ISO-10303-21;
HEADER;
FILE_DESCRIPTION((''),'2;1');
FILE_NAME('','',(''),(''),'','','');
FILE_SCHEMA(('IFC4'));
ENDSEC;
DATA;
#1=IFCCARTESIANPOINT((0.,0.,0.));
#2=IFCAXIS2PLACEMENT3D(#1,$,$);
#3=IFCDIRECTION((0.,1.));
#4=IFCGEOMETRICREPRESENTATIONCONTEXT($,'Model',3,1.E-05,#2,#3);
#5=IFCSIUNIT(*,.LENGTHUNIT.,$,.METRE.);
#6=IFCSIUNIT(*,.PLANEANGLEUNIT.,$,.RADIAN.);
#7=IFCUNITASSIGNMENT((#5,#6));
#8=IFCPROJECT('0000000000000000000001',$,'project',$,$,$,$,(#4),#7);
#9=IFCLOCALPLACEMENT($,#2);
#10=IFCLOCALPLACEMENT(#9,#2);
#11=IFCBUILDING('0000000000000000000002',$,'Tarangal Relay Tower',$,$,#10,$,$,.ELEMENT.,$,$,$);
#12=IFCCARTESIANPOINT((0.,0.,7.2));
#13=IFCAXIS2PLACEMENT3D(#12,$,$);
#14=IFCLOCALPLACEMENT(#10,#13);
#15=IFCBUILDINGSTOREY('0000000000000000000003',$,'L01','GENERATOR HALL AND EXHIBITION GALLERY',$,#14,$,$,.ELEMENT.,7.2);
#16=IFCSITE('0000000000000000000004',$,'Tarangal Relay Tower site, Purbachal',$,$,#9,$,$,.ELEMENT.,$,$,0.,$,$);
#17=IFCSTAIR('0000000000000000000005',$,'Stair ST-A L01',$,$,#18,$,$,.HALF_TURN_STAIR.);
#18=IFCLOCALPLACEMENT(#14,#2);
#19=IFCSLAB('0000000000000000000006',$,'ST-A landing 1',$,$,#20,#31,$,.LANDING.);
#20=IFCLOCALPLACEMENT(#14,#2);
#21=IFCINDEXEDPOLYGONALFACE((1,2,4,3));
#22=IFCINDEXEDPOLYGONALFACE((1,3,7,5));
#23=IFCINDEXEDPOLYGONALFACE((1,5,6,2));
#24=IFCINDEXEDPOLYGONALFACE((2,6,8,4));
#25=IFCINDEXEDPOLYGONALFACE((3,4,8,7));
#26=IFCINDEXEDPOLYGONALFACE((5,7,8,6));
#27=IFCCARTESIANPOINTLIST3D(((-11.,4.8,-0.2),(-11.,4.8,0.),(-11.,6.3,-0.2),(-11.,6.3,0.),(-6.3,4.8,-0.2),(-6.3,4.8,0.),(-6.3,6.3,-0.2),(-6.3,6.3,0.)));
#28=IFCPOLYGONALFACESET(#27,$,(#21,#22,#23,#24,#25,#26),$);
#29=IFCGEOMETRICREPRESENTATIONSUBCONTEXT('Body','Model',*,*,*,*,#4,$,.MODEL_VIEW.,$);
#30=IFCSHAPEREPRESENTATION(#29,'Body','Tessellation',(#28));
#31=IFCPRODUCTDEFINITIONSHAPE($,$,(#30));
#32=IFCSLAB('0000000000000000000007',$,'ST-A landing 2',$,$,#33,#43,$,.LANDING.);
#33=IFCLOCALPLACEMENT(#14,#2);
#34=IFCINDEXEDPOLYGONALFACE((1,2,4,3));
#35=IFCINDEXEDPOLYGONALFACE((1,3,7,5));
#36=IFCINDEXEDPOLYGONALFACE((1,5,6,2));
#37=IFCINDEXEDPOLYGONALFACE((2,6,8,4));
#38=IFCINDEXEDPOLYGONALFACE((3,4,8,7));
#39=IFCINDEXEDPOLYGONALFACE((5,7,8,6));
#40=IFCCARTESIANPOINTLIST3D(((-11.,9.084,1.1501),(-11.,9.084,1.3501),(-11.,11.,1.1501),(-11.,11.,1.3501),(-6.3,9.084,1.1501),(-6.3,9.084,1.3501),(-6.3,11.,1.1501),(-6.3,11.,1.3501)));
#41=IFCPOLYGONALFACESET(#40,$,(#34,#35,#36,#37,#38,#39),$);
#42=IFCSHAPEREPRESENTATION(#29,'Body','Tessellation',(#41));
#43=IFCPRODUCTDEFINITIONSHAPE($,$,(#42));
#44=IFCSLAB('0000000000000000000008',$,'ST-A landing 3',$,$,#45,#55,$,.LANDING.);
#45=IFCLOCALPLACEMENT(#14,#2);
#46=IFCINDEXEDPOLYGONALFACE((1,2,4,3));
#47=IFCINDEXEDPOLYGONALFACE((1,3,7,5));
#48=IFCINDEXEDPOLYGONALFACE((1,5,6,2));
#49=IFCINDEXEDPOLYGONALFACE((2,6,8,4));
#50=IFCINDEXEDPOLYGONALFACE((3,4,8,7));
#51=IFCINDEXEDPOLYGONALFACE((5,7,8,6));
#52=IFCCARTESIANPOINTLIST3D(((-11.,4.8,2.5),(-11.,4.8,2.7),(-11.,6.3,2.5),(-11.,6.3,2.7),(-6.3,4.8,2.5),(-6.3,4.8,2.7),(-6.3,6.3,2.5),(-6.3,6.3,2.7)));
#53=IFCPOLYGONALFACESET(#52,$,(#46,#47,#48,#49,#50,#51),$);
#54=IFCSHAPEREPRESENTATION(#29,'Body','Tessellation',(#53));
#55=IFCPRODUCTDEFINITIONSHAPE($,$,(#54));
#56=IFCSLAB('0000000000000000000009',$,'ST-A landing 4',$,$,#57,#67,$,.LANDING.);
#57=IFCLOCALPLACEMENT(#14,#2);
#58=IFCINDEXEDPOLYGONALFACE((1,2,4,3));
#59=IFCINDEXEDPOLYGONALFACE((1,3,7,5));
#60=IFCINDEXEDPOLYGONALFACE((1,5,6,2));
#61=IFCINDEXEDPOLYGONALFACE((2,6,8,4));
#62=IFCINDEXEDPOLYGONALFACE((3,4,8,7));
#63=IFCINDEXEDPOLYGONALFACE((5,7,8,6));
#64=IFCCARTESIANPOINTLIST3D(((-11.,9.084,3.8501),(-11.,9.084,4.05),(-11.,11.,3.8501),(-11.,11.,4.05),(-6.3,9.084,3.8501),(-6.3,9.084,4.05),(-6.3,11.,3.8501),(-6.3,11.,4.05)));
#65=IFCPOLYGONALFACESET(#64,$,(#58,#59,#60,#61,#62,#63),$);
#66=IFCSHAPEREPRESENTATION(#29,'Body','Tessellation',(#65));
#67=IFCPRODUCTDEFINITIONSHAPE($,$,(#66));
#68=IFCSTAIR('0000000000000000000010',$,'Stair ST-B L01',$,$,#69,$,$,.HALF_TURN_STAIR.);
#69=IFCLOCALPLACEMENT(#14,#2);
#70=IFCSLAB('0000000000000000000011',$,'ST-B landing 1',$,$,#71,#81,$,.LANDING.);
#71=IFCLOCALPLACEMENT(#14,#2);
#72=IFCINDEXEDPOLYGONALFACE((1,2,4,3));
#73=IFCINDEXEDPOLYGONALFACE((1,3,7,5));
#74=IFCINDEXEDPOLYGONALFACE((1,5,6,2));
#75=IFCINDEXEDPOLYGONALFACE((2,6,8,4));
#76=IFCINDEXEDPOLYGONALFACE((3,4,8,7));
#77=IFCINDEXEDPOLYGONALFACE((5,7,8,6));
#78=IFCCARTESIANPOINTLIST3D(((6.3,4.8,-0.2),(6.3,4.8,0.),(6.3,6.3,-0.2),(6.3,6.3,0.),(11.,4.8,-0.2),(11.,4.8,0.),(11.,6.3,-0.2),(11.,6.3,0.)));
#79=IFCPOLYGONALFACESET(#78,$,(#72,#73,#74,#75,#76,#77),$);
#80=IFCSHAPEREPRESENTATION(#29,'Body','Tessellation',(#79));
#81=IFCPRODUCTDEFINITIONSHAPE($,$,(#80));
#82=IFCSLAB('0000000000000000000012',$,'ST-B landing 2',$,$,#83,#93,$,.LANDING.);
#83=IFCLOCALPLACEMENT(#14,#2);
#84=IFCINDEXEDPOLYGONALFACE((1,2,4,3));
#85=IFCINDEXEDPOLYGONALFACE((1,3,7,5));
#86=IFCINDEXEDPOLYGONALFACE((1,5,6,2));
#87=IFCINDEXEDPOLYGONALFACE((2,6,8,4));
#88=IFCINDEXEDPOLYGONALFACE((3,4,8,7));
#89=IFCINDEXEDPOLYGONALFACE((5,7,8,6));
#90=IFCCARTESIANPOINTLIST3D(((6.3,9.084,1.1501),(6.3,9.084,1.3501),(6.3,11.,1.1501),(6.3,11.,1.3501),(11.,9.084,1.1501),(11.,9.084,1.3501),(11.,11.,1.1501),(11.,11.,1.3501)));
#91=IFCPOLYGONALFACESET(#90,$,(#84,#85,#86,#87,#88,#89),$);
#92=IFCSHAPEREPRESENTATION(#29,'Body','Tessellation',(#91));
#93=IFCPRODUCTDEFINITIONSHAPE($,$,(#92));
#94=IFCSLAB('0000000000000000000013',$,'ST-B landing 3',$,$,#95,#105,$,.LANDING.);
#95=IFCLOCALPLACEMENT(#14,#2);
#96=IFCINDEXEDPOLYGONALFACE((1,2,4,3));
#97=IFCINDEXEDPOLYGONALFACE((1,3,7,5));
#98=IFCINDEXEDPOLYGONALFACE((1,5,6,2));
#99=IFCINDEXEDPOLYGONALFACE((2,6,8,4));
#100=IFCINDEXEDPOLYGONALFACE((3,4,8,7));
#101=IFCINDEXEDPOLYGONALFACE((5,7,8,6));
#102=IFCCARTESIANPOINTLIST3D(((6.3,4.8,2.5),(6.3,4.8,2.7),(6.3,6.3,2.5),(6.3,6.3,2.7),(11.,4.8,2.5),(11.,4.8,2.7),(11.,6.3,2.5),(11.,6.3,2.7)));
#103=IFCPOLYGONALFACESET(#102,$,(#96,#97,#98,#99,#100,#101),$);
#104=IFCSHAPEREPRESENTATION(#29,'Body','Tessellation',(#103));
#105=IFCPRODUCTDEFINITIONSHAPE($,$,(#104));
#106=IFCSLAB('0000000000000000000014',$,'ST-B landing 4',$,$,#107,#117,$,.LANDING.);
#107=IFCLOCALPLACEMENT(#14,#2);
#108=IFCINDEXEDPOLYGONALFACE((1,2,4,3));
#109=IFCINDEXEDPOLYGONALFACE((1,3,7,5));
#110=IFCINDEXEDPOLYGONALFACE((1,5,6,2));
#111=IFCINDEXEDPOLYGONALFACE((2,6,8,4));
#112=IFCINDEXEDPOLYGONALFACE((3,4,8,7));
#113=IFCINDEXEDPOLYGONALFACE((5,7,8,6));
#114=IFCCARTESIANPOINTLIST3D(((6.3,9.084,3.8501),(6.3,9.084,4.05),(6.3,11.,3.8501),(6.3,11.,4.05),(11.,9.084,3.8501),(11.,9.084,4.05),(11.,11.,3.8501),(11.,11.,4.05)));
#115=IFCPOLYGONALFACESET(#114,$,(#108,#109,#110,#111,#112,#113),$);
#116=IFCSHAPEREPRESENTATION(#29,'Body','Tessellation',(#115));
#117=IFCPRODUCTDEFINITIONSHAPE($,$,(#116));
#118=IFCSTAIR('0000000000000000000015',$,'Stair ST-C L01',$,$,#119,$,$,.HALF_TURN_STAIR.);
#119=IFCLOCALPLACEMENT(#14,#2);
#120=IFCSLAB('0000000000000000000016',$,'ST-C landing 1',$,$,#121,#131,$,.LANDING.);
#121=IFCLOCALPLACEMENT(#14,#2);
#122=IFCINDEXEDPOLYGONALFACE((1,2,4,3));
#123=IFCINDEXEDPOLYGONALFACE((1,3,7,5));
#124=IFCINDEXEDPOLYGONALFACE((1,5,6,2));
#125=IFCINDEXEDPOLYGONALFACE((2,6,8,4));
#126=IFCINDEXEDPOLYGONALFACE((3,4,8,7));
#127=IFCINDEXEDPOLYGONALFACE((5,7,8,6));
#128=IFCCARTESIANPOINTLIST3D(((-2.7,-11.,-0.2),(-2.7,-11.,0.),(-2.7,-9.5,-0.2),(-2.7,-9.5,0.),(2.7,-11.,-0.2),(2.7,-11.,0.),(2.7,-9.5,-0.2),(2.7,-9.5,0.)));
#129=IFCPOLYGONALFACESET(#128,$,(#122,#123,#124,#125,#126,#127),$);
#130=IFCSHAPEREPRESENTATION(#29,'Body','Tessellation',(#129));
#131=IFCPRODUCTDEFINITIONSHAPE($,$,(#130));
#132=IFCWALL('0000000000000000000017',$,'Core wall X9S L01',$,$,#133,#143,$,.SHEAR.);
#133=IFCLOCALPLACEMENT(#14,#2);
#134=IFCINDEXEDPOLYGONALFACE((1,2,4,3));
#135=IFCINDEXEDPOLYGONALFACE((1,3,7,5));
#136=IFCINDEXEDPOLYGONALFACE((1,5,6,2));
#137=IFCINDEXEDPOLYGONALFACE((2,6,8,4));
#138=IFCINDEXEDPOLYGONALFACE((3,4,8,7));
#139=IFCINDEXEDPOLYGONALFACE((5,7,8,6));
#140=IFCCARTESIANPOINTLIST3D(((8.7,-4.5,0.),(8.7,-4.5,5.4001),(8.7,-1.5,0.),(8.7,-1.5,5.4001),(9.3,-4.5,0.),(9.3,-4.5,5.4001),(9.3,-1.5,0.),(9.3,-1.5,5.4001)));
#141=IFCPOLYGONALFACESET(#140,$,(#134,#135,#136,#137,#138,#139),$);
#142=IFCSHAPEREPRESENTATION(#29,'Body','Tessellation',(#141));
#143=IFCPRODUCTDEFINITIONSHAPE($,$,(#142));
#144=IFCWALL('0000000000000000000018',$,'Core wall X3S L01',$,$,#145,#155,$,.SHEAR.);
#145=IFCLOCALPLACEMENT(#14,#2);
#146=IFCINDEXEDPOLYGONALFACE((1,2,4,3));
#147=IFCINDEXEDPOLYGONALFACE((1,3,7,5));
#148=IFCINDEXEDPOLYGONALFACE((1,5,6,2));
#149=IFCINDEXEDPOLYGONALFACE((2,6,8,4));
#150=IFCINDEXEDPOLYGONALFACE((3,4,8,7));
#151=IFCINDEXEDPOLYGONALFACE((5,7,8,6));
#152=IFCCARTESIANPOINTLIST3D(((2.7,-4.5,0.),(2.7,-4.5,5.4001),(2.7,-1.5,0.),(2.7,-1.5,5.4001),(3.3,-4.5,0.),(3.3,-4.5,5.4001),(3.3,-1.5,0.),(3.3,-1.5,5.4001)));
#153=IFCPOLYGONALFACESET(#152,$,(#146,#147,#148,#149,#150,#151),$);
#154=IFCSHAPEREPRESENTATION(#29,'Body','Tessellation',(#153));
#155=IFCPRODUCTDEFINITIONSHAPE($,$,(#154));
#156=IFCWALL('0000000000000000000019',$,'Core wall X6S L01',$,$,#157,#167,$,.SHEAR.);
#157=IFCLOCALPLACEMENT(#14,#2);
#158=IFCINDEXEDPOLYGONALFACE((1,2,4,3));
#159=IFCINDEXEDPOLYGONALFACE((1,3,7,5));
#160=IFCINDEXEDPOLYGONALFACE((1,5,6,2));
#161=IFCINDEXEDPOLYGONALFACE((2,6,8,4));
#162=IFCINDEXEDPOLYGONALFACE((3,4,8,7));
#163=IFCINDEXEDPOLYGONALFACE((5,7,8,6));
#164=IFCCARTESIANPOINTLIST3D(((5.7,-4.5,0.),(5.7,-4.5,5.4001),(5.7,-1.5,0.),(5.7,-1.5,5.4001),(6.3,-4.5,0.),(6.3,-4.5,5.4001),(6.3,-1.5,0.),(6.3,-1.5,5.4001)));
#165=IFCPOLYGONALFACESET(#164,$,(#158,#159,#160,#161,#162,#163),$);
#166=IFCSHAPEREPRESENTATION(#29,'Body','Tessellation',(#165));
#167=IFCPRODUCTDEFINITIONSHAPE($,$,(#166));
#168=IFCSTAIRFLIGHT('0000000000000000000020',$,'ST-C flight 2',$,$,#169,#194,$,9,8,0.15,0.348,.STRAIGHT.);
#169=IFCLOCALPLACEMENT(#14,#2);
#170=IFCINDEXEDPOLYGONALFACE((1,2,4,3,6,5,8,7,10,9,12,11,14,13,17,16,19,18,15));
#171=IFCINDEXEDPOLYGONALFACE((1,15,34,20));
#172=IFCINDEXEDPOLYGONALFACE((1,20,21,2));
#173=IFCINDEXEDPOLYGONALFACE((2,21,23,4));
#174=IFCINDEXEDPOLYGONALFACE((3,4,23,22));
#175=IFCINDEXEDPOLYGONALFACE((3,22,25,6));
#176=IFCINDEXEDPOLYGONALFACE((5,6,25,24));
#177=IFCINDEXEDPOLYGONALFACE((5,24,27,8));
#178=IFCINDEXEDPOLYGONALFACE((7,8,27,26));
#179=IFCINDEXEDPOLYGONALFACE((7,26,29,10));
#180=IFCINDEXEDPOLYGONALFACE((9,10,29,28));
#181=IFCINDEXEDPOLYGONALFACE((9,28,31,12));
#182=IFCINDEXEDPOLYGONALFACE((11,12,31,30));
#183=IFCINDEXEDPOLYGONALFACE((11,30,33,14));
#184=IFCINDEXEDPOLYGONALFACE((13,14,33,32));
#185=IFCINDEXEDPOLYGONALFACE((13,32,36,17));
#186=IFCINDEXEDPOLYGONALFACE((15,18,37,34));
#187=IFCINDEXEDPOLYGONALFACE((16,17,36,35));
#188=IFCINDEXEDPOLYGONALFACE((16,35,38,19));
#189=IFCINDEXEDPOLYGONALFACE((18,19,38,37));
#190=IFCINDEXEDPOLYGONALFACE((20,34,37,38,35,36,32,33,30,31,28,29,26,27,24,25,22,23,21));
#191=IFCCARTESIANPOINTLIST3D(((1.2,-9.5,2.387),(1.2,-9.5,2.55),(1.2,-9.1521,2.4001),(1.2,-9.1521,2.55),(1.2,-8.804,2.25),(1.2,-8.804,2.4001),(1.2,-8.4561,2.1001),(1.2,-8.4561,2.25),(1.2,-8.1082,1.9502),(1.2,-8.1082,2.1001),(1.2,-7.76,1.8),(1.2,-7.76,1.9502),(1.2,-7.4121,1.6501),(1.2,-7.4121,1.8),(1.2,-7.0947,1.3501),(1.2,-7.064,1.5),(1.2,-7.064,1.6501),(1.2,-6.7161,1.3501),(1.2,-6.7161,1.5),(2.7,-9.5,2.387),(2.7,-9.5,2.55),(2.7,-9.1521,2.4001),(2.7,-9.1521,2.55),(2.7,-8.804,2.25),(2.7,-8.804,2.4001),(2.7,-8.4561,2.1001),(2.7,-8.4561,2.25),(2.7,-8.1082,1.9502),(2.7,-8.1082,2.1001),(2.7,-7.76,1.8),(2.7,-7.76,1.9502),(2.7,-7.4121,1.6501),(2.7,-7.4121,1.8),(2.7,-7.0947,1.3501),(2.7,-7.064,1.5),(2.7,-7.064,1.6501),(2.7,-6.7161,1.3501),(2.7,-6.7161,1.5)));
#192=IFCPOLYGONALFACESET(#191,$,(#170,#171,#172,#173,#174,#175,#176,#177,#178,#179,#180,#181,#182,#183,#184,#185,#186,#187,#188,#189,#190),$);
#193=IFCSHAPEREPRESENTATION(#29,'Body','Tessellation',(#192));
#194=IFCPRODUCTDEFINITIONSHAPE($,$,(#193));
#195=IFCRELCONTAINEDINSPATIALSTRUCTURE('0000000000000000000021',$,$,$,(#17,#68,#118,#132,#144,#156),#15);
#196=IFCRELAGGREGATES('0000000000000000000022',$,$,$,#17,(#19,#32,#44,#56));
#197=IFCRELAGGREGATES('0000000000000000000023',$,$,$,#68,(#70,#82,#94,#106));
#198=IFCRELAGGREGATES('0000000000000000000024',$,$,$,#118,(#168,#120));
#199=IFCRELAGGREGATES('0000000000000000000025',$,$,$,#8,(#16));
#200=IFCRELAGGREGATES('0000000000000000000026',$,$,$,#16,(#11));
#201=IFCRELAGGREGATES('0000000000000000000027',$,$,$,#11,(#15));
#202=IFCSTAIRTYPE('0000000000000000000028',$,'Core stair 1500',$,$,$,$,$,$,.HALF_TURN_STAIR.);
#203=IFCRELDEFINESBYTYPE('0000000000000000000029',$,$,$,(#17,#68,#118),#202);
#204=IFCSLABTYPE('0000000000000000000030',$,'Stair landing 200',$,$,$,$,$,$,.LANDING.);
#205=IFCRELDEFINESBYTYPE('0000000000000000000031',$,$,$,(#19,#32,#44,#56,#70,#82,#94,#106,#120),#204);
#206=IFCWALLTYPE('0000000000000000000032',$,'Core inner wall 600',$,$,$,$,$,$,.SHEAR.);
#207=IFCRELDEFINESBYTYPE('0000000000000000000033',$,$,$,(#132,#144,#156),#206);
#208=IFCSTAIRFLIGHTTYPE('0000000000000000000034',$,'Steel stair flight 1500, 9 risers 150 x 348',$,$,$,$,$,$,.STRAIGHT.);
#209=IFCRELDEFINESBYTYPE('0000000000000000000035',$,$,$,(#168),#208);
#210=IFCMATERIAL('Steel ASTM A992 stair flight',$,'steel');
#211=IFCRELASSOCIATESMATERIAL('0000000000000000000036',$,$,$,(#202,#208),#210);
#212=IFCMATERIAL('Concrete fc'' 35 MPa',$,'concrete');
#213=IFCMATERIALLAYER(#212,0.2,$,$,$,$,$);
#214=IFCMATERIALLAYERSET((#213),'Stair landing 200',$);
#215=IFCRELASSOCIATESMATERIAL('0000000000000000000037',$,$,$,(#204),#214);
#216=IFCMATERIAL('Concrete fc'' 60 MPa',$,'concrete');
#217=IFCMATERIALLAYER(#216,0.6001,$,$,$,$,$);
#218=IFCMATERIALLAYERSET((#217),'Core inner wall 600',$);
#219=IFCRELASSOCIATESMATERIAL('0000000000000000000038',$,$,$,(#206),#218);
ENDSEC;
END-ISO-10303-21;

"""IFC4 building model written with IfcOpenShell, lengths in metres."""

from ifc_helpers import new_model, si_unit, direction, frame, frame_2d, origin, place, context, subcontext, project, spatial, polyline, rectangle, outline, extrude, material, layer, layer_set, type_object, element, aggregate, save


model = new_model("IFC4")

# Units and contexts
model_context = context("Model", 3, precision=1e-05, world=origin(), true_north=direction((0.0, 1.0)))
body_context = subcontext(model_context, "Body", "Model", "MODEL_VIEW")
ifc_project = project(units=[si_unit("LENGTHUNIT", "METRE"), si_unit("PLANEANGLEUNIT", "RADIAN")], contexts=[model_context])

# Site, building, storey
site_placement = place(None, origin())
site = spatial("IfcSite", under=ifc_project, at=site_placement, Name="Tarangal Relay Tower site, Purbachal", CompositionType="ELEMENT", RefElevation=0.0)
building_placement = place(site_placement, origin())
building = spatial("IfcBuilding", under=site, at=building_placement, Name="Tarangal Relay Tower", CompositionType="ELEMENT")
storey_placement = place(building_placement, frame((0.0, 0.0, 7.2)))
storey = spatial("IfcBuildingStorey", under=building, at=storey_placement, Name="L01", Description="GENERATOR HALL AND EXHIBITION GALLERY", CompositionType="ELEMENT", Elevation=7.2)

# Stairs, slabs
ifc_material_1 = material(Name="Steel ASTM A992 stair flight", Category="steel")
stair_type = type_object("IfcStairType", Name="Core stair 1500", PredefinedType="HALF_TURN_STAIR", material=ifc_material_1)
stair_1_placement = place(storey_placement, origin())
stair_1 = element("IfcStair", 1, at=stair_1_placement, inside=storey, type_object=stair_type, Name="Stair ST-A L01", PredefinedType="HALF_TURN_STAIR")
ifc_material_2 = material(Name="Concrete fc' 35 MPa", Category="concrete")
ifc_layer_1 = layer(ifc_material_2, 0.2)
ifc_layer_set_1 = layer_set([ifc_layer_1], Name="Stair landing 200")
slab_type = type_object("IfcSlabType", Name="Stair landing 200", PredefinedType="LANDING", material=ifc_layer_set_1)
slab_1_placement = place(storey_placement, frame((0.0, 0.0, -0.2)))
slab_1 = element("IfcSlab", 2, at=slab_1_placement, type_object=slab_type, Name="ST-A landing 1", PredefinedType="LANDING", context=body_context, shape_type="SweptSolid", body=[
    extrude(outline(polyline([(-11.0, 4.8), (-6.3, 4.8), (-6.3, 6.3), (-11.0, 6.3), (-11.0, 4.8)])), origin(), (0.0, 0.0, 1.0), 0.2),
])
slab_2_placement = place(storey_placement, frame((0.0, 0.0, 1.1501)))
slab_2 = element("IfcSlab", 3, at=slab_2_placement, type_object=slab_type, Name="ST-A landing 2", PredefinedType="LANDING", context=body_context, shape_type="SweptSolid", body=[
    extrude(outline(polyline([(-11.0, 9.084), (-6.3, 9.084), (-6.3, 11.0), (-11.0, 11.0), (-11.0, 9.084)])), origin(), (0.0, 0.0, 1.0), 0.2),
])
slab_3_placement = place(storey_placement, frame((0.0, 0.0, 2.5)))
slab_3 = element("IfcSlab", 4, at=slab_3_placement, type_object=slab_type, Name="ST-A landing 3", PredefinedType="LANDING", context=body_context, shape_type="SweptSolid", body=[
    extrude(outline(polyline([(-11.0, 4.8), (-6.3, 4.8), (-6.3, 6.3), (-11.0, 6.3), (-11.0, 4.8)])), origin(), (0.0, 0.0, 1.0), 0.2),
])
slab_4_placement = place(storey_placement, frame((0.0, 0.0, 3.8501)))
slab_4 = element("IfcSlab", 5, at=slab_4_placement, type_object=slab_type, Name="ST-A landing 4", PredefinedType="LANDING", context=body_context, shape_type="SweptSolid", body=[
    extrude(outline(polyline([(-11.0, 9.084), (-6.3, 9.084), (-6.3, 11.0), (-11.0, 11.0), (-11.0, 9.084)])), origin(), (0.0, 0.0, 1.0), 0.2),
])
aggregate(stair_1, [slab_1, slab_2, slab_3, slab_4])
stair_2_placement = place(storey_placement, origin())
stair_2 = element("IfcStair", 6, at=stair_2_placement, inside=storey, type_object=stair_type, Name="Stair ST-B L01", PredefinedType="HALF_TURN_STAIR")
slab_5_placement = place(storey_placement, frame((0.0, 0.0, -0.2)))
slab_5 = element("IfcSlab", 7, at=slab_5_placement, type_object=slab_type, Name="ST-B landing 1", PredefinedType="LANDING", context=body_context, shape_type="SweptSolid", body=[
    extrude(outline(polyline([(6.3, 4.8), (11.0, 4.8), (11.0, 6.3), (6.3, 6.3), (6.3, 4.8)])), origin(), (0.0, 0.0, 1.0), 0.2),
])
slab_6_placement = place(storey_placement, frame((0.0, 0.0, 1.1501)))
slab_6 = element("IfcSlab", 8, at=slab_6_placement, type_object=slab_type, Name="ST-B landing 2", PredefinedType="LANDING", context=body_context, shape_type="SweptSolid", body=[
    extrude(outline(polyline([(6.3, 9.084), (11.0, 9.084), (11.0, 11.0), (6.3, 11.0), (6.3, 9.084)])), origin(), (0.0, 0.0, 1.0), 0.2),
])
slab_7_placement = place(storey_placement, frame((0.0, 0.0, 2.5)))
slab_7 = element("IfcSlab", 9, at=slab_7_placement, type_object=slab_type, Name="ST-B landing 3", PredefinedType="LANDING", context=body_context, shape_type="SweptSolid", body=[
    extrude(outline(polyline([(6.3, 4.8), (11.0, 4.8), (11.0, 6.3), (6.3, 6.3), (6.3, 4.8)])), origin(), (0.0, 0.0, 1.0), 0.2),
])
slab_8_placement = place(storey_placement, frame((0.0, 0.0, 3.8501)))
slab_8 = element("IfcSlab", 10, at=slab_8_placement, type_object=slab_type, Name="ST-B landing 4", PredefinedType="LANDING", context=body_context, shape_type="SweptSolid", body=[
    extrude(outline(polyline([(6.3, 9.084), (11.0, 9.084), (11.0, 11.0), (6.3, 11.0), (6.3, 9.084)])), origin(), (0.0, 0.0, 1.0), 0.2),
])
aggregate(stair_2, [slab_5, slab_6, slab_7, slab_8])

# Stair, slab
stair_3_placement = place(storey_placement, origin())
stair_3 = element("IfcStair", 11, at=stair_3_placement, inside=storey, type_object=stair_type, Name="Stair ST-C L01", PredefinedType="HALF_TURN_STAIR")
slab_9_placement = place(storey_placement, frame((0.0, 0.0, -0.2)))
slab_9 = element("IfcSlab", 12, at=slab_9_placement, type_object=slab_type, Name="ST-C landing 1", PredefinedType="LANDING", context=body_context, shape_type="SweptSolid", body=[
    extrude(outline(polyline([(-2.7, -11.0), (2.7, -11.0), (2.7, -9.5), (-2.7, -9.5), (-2.7, -11.0)])), origin(), (0.0, 0.0, 1.0), 0.2),
])

# Walls
ifc_material_3 = material(Name="Concrete fc' 60 MPa", Category="concrete")
ifc_layer_2 = layer(ifc_material_3, 0.6001)
ifc_layer_set_2 = layer_set([ifc_layer_2], Name="Core inner wall 600")
wall_type_1 = type_object("IfcWallType", Name="Core inner wall 600", PredefinedType="SHEAR", material=ifc_layer_set_2)
for number, where, z_axis, x_axis, name in (
    (13, (9.0, -4.5, 0.0), (0.0, 0.0, 1.0), (0.0, 1.0, 0.0), "Core wall X9S L01"),
    (14, (3.0, -4.5, 0.0), (0.0, 0.0, 1.0), (0.0, 1.0, 0.0), "Core wall X3S L01"),
    (15, (6.0, -4.5, 0.0), (0.0, 0.0, 1.0), (0.0, 1.0, 0.0), "Core wall X6S L01"),
):
    element("IfcWall", number, at=place(storey_placement, frame(where, z_axis=z_axis, x_axis=x_axis)), inside=storey, type_object=wall_type_1, Name=name, PredefinedType="SHEAR", context=body_context, shape_type="SweptSolid", body=[
        extrude(rectangle(XDim=3.0, YDim=0.6001, at=frame_2d((1.5, 0.0))), origin(), (0.0, 0.0, 1.0), 5.4001),
    ])

# Stair flight
stair_flight_type = type_object("IfcStairFlightType", Name="Steel stair flight 1500, 9 risers 150 x 348", PredefinedType="STRAIGHT", material=ifc_material_1)
stair_flight_1_placement = place(storey_placement, frame((1.95, -6.7161, 1.3501), z_axis=(0.0, 0.0, 1.0), x_axis=(0.0, -1.0, 0.0)))
stair_flight_1 = element("IfcStairFlight", 16, at=stair_flight_1_placement, type_object=stair_flight_type, Name="ST-C flight 2", NumberOfRisers=9, NumberOfTreads=8, PredefinedType="STRAIGHT", RiserHeight=0.15, TreadLength=0.348, context=body_context, shape_type="SweptSolid", body=[
    extrude(outline(polyline([(0.0, 0.0), (0.0, 0.1499), (0.3479, 0.1499), (0.3479, 0.3), (0.696, 0.3), (0.696, 0.45), (1.0439, 0.45), (1.0439, 0.6001), (1.3921, 0.6001), (1.3921, 0.75), (1.74, 0.75), (1.74, 0.8999), (2.0879, 0.8999), (2.0879, 1.05), (2.436, 1.05), (2.436, 1.2), (2.7839, 1.2), (2.7839, 1.3501), (2.7839, 1.0369), (0.3787, 0.0), (0.0, 0.0)])), frame((0.0, 0.75, 0.0), z_axis=(0.0, -1.0, 0.0), x_axis=(1.0, 0.0, 0.0)), (0.0, 0.0, 1.0), 1.5),
])
aggregate(stair_3, [stair_flight_1, slab_9])

save(model, "model.ifc")
